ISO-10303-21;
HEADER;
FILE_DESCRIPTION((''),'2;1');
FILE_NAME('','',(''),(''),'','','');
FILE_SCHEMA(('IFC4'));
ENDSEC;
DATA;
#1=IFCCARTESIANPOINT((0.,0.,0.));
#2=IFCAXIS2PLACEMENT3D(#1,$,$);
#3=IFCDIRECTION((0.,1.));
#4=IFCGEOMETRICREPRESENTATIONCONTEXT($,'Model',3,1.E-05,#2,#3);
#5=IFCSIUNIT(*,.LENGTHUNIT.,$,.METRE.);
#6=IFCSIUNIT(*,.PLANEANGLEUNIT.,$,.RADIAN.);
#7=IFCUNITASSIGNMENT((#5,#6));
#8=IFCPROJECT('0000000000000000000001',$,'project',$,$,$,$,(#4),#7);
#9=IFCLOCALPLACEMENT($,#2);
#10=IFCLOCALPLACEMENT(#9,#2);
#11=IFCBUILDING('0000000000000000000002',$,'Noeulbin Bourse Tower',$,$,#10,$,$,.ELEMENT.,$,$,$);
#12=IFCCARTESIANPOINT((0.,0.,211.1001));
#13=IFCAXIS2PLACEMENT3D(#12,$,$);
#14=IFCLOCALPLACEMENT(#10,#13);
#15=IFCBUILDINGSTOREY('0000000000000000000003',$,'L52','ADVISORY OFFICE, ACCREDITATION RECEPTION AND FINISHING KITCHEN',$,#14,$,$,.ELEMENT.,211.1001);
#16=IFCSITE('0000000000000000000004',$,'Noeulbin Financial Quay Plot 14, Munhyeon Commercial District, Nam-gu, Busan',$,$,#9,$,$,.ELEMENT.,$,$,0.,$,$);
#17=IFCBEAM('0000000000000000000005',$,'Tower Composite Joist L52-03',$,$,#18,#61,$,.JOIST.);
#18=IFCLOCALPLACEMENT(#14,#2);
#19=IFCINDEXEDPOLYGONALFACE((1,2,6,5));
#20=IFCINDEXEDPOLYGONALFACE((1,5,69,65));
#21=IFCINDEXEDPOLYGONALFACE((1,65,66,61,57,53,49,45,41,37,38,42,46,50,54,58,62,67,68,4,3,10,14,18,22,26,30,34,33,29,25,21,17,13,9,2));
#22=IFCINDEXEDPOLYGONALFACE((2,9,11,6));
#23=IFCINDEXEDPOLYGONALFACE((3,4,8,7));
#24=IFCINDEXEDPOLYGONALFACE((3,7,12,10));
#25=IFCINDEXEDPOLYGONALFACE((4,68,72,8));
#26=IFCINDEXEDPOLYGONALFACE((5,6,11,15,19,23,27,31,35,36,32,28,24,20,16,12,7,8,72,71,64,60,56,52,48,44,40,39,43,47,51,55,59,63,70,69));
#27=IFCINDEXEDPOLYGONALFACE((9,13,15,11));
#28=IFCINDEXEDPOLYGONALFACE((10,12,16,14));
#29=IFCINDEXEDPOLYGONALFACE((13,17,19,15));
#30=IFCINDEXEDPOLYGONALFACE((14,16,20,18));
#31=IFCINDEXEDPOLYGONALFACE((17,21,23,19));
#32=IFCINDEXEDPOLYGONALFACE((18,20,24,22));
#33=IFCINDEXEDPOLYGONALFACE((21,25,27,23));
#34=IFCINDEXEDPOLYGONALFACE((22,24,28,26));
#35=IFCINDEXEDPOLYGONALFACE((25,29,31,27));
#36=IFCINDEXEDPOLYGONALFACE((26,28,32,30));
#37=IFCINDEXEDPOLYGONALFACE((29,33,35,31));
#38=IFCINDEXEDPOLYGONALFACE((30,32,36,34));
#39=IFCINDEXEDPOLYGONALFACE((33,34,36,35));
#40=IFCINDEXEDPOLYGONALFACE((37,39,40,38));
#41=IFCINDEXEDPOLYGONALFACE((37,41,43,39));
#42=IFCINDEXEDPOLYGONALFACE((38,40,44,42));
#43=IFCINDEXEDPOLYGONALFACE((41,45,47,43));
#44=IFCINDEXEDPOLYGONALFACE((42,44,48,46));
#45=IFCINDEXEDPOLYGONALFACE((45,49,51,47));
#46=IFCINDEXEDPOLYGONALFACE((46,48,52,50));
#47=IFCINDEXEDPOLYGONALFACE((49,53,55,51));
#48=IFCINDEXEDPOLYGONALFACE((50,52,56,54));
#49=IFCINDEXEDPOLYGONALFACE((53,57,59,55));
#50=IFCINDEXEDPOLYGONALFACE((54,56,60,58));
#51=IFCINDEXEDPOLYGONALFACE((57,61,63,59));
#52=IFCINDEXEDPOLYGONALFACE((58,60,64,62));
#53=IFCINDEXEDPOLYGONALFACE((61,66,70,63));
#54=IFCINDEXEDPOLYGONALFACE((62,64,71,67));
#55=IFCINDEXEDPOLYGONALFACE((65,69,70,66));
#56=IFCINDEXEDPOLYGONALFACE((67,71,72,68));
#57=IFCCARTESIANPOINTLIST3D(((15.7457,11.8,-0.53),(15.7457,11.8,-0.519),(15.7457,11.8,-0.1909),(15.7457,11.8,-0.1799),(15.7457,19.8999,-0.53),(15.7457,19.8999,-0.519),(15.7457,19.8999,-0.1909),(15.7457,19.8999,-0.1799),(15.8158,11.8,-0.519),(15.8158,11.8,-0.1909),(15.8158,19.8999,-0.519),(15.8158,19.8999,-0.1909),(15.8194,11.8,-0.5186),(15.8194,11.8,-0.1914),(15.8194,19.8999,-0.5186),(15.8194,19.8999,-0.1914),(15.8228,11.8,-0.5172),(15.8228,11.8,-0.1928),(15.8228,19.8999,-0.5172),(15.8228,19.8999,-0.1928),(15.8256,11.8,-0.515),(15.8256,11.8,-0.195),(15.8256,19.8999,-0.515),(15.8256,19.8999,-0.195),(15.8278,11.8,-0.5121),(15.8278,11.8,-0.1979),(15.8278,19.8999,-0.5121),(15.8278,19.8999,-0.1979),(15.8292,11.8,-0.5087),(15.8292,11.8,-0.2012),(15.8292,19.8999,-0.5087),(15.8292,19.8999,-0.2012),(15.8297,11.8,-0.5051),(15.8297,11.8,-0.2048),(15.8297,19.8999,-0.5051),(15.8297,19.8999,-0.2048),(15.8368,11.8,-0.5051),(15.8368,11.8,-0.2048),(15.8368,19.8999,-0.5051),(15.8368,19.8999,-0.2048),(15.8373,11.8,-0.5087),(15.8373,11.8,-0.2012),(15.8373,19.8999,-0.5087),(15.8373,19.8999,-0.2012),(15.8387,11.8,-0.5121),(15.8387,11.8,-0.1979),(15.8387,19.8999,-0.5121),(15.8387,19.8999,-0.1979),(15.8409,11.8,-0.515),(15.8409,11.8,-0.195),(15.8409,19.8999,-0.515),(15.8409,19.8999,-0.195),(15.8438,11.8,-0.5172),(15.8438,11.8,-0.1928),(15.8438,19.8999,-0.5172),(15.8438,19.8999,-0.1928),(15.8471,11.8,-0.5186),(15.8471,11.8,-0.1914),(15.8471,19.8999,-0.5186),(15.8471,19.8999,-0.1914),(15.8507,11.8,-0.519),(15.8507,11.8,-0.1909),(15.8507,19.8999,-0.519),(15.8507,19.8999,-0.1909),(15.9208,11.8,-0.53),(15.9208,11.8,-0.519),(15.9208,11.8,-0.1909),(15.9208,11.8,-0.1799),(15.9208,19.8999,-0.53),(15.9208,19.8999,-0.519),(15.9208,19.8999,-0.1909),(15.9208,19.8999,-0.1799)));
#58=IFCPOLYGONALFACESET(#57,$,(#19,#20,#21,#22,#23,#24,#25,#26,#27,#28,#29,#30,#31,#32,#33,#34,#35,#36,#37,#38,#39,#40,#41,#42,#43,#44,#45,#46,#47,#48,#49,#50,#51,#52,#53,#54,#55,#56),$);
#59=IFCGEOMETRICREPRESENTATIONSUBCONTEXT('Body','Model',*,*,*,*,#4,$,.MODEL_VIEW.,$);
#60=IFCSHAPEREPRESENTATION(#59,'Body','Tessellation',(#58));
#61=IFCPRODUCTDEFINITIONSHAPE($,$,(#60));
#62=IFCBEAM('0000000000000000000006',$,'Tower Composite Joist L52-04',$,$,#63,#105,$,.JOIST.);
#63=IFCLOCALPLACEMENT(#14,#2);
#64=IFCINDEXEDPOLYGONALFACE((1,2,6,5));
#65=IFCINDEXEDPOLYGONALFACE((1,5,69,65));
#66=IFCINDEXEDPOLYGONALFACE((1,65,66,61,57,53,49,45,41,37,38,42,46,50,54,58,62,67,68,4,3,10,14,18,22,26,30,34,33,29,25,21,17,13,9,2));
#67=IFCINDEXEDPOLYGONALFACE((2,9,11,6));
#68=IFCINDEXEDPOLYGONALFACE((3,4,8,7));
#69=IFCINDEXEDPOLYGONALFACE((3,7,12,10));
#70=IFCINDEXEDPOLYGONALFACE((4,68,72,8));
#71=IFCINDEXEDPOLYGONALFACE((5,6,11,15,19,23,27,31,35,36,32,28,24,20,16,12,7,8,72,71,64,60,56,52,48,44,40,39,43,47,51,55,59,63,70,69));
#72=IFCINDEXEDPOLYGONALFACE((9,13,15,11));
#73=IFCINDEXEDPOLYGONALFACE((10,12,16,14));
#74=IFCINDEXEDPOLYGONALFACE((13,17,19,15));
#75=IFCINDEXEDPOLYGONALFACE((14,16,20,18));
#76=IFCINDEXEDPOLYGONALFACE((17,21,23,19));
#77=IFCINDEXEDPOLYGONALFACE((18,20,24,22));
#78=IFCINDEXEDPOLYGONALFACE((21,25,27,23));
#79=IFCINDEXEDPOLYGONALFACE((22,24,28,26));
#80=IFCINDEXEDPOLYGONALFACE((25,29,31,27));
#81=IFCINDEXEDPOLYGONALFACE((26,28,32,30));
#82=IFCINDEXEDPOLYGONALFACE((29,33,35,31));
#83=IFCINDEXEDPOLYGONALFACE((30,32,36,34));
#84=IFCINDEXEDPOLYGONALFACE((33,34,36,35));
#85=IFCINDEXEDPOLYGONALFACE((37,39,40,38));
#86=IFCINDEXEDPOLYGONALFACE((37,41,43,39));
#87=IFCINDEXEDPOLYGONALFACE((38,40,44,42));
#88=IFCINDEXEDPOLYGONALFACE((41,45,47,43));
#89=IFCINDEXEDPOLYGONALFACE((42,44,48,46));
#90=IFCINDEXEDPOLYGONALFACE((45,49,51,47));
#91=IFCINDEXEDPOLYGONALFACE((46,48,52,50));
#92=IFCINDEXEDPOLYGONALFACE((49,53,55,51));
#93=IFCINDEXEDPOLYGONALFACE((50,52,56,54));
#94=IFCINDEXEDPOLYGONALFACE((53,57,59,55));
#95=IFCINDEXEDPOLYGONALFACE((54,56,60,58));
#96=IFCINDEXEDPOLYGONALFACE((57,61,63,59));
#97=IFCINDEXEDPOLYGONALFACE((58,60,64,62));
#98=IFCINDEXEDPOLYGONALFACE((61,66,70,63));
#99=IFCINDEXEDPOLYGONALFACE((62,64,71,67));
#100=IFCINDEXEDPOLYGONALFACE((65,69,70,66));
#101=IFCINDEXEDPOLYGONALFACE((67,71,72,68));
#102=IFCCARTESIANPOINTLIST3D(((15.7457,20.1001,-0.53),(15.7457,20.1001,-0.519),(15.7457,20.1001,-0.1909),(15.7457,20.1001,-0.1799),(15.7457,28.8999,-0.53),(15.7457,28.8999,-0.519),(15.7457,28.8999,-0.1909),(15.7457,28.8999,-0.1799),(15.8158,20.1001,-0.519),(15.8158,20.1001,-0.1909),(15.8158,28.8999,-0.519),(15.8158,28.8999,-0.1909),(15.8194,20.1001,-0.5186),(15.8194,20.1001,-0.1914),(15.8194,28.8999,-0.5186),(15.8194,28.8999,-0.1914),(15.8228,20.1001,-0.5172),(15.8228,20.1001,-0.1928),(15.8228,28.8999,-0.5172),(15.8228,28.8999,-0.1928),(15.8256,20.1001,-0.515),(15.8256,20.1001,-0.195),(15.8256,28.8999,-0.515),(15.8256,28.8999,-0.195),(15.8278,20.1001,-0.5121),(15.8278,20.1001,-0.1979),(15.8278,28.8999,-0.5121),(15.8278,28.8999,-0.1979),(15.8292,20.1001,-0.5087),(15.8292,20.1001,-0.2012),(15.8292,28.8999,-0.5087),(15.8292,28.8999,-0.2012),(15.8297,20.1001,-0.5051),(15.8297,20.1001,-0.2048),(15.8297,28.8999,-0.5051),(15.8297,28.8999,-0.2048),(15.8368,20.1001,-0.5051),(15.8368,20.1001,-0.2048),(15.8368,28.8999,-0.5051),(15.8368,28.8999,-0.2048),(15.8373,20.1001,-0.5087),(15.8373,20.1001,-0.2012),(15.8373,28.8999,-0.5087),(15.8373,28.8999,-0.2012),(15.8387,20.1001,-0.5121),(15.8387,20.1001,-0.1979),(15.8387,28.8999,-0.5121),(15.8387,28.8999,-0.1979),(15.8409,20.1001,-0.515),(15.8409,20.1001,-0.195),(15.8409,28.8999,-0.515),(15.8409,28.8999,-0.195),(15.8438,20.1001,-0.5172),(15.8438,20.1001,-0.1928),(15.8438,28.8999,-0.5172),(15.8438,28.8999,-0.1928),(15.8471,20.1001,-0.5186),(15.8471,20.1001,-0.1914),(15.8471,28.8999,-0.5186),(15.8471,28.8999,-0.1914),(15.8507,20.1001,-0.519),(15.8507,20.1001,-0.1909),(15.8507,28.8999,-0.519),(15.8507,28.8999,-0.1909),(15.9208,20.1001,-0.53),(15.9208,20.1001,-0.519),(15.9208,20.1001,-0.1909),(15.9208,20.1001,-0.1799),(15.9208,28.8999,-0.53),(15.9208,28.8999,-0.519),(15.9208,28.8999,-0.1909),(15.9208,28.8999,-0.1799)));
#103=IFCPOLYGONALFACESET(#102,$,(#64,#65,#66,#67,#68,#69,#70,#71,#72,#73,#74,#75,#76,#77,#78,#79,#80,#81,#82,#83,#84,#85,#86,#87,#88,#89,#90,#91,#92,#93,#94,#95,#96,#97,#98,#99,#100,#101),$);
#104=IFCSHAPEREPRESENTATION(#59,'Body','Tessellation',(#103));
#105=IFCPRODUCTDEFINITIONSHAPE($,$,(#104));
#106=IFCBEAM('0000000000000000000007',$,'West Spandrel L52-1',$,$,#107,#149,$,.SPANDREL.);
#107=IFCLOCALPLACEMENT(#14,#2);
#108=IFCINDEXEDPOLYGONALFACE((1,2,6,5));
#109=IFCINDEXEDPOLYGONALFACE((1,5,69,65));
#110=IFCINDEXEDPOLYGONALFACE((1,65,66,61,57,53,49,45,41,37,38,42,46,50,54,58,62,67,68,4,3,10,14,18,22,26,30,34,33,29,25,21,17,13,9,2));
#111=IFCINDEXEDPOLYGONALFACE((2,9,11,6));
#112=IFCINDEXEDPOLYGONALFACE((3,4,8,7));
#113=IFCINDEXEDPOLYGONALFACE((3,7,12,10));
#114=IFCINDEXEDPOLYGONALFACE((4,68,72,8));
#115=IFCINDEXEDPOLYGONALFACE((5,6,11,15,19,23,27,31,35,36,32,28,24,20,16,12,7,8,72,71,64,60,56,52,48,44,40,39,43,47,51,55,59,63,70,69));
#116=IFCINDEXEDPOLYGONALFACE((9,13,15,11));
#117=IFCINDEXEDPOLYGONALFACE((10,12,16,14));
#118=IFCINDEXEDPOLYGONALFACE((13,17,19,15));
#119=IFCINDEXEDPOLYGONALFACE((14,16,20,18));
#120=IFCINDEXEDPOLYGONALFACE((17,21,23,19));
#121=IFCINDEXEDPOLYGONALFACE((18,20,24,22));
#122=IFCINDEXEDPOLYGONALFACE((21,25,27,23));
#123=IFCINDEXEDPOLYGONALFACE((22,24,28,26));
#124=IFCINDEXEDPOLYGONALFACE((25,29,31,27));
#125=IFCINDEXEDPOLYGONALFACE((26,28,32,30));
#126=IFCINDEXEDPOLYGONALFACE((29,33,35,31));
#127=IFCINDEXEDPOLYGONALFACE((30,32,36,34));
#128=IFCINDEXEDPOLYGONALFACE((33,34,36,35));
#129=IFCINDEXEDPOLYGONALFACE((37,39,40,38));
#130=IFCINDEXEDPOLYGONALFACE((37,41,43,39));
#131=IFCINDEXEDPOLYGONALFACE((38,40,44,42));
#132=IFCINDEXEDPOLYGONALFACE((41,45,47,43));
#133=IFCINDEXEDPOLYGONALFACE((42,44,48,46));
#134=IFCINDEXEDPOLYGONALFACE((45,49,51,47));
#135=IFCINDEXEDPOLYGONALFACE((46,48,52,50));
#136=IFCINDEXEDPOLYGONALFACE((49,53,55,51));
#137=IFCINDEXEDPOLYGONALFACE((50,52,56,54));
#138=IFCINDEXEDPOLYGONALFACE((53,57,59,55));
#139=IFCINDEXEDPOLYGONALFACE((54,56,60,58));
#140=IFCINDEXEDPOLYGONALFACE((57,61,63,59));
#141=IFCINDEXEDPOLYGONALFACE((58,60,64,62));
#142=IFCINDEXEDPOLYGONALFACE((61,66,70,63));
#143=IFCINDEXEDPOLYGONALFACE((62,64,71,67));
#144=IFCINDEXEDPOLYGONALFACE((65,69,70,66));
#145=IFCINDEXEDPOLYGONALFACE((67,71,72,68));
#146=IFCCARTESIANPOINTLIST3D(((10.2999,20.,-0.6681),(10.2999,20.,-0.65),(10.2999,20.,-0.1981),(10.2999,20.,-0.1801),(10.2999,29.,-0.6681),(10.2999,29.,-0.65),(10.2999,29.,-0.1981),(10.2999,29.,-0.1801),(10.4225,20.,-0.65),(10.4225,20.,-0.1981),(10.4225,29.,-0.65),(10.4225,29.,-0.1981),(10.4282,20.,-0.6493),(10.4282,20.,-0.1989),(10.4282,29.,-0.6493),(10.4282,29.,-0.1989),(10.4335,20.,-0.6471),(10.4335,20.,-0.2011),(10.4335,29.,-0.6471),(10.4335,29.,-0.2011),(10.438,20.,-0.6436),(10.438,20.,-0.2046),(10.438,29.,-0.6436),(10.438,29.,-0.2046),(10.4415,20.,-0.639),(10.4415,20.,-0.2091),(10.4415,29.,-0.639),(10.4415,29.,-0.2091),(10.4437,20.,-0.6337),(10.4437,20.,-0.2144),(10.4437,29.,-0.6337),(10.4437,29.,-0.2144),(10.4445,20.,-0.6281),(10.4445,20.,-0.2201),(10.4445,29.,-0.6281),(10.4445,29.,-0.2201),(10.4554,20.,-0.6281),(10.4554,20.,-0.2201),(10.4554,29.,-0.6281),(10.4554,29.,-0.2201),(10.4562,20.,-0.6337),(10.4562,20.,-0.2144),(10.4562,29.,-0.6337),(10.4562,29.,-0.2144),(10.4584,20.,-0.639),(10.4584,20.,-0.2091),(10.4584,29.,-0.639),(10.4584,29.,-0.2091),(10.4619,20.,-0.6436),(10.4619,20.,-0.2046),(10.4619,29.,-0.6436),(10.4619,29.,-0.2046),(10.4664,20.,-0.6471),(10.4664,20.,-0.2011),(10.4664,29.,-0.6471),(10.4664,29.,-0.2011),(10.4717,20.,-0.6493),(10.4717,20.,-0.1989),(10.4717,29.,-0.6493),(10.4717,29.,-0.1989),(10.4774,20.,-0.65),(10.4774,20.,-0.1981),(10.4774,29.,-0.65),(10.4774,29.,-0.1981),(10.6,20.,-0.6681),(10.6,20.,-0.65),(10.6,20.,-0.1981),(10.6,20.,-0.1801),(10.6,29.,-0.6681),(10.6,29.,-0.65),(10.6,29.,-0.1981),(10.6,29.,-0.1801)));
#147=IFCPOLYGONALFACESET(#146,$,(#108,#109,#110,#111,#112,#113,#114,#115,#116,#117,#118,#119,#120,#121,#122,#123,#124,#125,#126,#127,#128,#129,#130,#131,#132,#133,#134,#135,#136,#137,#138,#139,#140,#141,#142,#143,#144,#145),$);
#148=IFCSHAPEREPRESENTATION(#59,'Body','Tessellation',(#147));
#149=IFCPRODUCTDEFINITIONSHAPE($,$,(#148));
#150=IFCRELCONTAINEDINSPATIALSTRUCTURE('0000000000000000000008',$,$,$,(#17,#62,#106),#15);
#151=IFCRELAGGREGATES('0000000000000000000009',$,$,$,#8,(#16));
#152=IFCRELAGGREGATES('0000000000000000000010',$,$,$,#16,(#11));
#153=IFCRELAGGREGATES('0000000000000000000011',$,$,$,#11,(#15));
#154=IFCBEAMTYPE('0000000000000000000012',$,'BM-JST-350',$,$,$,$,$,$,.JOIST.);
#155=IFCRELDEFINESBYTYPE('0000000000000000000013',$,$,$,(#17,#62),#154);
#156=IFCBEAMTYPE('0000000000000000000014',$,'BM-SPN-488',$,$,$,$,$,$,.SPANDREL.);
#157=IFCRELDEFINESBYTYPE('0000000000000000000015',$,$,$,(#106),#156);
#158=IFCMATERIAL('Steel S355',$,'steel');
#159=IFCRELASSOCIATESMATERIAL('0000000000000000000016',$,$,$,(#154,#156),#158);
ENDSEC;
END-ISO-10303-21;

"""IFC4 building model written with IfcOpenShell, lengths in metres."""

from ifc_helpers import new_model, si_unit, direction, frame, origin, origin_2d, place, context, subcontext, project, spatial, i_section, extrude, material, material_profile, profile_set, type_object, element, save


model = new_model("IFC4")

# Units and contexts
model_context = context("Model", 3, precision=1e-05, world=origin(), true_north=direction((0.0, 1.0)))
body_context = subcontext(model_context, "Body", "Model", "MODEL_VIEW")
ifc_project = project(units=[si_unit("LENGTHUNIT", "METRE"), si_unit("PLANEANGLEUNIT", "RADIAN")], contexts=[model_context])

# Site, building, storey
site_placement = place(None, origin())
site = spatial("IfcSite", under=ifc_project, at=site_placement, Name="Noeulbin Financial Quay Plot 14, Munhyeon Commercial District, Nam-gu, Busan", CompositionType="ELEMENT", RefElevation=0.0)
building_placement = place(site_placement, origin())
building = spatial("IfcBuilding", under=site, at=building_placement, Name="Noeulbin Bourse Tower", CompositionType="ELEMENT")
storey_placement = place(building_placement, frame((0.0, 0.0, 211.1001)))
storey = spatial("IfcBuildingStorey", under=building, at=storey_placement, Name="L52", Description="ADVISORY OFFICE, ACCREDITATION RECEPTION AND FINISHING KITCHEN", CompositionType="ELEMENT", Elevation=211.1001)

# Shared definitions
ifc_material_1 = material(Name="Steel S355", Category="steel")

# Beams
ifc_material_profile_1 = material_profile(ifc_material_1, i_section(OverallWidth=0.175, OverallDepth=0.3501, WebThickness=0.0071, FlangeThickness=0.011, FilletRadius=0.0139, at=origin_2d()), Name="H-350x175x7x11", Category="LoadBearing")
ifc_profile_set_1 = profile_set([ifc_material_profile_1], Name="Steel S355")
beam_type_1 = type_object("IfcBeamType", Name="BM-JST-350", PredefinedType="JOIST", material=ifc_profile_set_1)
beam_1_placement = place(storey_placement, frame((15.8333, 11.8, -0.355), z_axis=(0.0, 1.0, 0.0), x_axis=(-1.0, 0.0, 0.0)))
element("IfcBeam", 1, at=beam_1_placement, inside=storey, type_object=beam_type_1, Name="Tower Composite Joist L52-03", PredefinedType="JOIST", context=body_context, shape_type="SweptSolid", body=[
    extrude(i_section(OverallWidth=0.175, OverallDepth=0.3501, WebThickness=0.0071, FlangeThickness=0.011, FilletRadius=0.0139, at=origin_2d()), origin(), (0.0, 0.0, 1.0), 8.0999),
])
beam_2_placement = place(storey_placement, frame((15.8333, 20.1001, -0.355), z_axis=(0.0, 1.0, 0.0), x_axis=(-1.0, 0.0, 0.0)))
element("IfcBeam", 2, at=beam_2_placement, inside=storey, type_object=beam_type_1, Name="Tower Composite Joist L52-04", PredefinedType="JOIST", context=body_context, shape_type="SweptSolid", body=[
    extrude(i_section(OverallWidth=0.175, OverallDepth=0.3501, WebThickness=0.0071, FlangeThickness=0.011, FilletRadius=0.0139, at=origin_2d()), origin(), (0.0, 0.0, 1.0), 8.7998),
])
ifc_material_profile_2 = material_profile(ifc_material_1, i_section(OverallWidth=0.3, OverallDepth=0.488, WebThickness=0.011, FlangeThickness=0.0181, FilletRadius=0.022, at=origin_2d()), Name="H-488x300x11x18", Category="LoadBearing")
ifc_profile_set_2 = profile_set([ifc_material_profile_2], Name="Steel S355")
beam_type_2 = type_object("IfcBeamType", Name="BM-SPN-488", PredefinedType="SPANDREL", material=ifc_profile_set_2)
beam_3_placement = place(storey_placement, frame((10.45, 20.0, -0.4241), z_axis=(0.0, 1.0, 0.0), x_axis=(-1.0, 0.0, 0.0)))
element("IfcBeam", 3, at=beam_3_placement, inside=storey, type_object=beam_type_2, Name="West Spandrel L52-1", PredefinedType="SPANDREL", context=body_context, shape_type="SweptSolid", body=[
    extrude(i_section(OverallWidth=0.3, OverallDepth=0.488, WebThickness=0.011, FlangeThickness=0.0181, FilletRadius=0.022, at=origin_2d()), origin(), (0.0, 0.0, 1.0), 9.0),
])

save(model, "model.ifc")
